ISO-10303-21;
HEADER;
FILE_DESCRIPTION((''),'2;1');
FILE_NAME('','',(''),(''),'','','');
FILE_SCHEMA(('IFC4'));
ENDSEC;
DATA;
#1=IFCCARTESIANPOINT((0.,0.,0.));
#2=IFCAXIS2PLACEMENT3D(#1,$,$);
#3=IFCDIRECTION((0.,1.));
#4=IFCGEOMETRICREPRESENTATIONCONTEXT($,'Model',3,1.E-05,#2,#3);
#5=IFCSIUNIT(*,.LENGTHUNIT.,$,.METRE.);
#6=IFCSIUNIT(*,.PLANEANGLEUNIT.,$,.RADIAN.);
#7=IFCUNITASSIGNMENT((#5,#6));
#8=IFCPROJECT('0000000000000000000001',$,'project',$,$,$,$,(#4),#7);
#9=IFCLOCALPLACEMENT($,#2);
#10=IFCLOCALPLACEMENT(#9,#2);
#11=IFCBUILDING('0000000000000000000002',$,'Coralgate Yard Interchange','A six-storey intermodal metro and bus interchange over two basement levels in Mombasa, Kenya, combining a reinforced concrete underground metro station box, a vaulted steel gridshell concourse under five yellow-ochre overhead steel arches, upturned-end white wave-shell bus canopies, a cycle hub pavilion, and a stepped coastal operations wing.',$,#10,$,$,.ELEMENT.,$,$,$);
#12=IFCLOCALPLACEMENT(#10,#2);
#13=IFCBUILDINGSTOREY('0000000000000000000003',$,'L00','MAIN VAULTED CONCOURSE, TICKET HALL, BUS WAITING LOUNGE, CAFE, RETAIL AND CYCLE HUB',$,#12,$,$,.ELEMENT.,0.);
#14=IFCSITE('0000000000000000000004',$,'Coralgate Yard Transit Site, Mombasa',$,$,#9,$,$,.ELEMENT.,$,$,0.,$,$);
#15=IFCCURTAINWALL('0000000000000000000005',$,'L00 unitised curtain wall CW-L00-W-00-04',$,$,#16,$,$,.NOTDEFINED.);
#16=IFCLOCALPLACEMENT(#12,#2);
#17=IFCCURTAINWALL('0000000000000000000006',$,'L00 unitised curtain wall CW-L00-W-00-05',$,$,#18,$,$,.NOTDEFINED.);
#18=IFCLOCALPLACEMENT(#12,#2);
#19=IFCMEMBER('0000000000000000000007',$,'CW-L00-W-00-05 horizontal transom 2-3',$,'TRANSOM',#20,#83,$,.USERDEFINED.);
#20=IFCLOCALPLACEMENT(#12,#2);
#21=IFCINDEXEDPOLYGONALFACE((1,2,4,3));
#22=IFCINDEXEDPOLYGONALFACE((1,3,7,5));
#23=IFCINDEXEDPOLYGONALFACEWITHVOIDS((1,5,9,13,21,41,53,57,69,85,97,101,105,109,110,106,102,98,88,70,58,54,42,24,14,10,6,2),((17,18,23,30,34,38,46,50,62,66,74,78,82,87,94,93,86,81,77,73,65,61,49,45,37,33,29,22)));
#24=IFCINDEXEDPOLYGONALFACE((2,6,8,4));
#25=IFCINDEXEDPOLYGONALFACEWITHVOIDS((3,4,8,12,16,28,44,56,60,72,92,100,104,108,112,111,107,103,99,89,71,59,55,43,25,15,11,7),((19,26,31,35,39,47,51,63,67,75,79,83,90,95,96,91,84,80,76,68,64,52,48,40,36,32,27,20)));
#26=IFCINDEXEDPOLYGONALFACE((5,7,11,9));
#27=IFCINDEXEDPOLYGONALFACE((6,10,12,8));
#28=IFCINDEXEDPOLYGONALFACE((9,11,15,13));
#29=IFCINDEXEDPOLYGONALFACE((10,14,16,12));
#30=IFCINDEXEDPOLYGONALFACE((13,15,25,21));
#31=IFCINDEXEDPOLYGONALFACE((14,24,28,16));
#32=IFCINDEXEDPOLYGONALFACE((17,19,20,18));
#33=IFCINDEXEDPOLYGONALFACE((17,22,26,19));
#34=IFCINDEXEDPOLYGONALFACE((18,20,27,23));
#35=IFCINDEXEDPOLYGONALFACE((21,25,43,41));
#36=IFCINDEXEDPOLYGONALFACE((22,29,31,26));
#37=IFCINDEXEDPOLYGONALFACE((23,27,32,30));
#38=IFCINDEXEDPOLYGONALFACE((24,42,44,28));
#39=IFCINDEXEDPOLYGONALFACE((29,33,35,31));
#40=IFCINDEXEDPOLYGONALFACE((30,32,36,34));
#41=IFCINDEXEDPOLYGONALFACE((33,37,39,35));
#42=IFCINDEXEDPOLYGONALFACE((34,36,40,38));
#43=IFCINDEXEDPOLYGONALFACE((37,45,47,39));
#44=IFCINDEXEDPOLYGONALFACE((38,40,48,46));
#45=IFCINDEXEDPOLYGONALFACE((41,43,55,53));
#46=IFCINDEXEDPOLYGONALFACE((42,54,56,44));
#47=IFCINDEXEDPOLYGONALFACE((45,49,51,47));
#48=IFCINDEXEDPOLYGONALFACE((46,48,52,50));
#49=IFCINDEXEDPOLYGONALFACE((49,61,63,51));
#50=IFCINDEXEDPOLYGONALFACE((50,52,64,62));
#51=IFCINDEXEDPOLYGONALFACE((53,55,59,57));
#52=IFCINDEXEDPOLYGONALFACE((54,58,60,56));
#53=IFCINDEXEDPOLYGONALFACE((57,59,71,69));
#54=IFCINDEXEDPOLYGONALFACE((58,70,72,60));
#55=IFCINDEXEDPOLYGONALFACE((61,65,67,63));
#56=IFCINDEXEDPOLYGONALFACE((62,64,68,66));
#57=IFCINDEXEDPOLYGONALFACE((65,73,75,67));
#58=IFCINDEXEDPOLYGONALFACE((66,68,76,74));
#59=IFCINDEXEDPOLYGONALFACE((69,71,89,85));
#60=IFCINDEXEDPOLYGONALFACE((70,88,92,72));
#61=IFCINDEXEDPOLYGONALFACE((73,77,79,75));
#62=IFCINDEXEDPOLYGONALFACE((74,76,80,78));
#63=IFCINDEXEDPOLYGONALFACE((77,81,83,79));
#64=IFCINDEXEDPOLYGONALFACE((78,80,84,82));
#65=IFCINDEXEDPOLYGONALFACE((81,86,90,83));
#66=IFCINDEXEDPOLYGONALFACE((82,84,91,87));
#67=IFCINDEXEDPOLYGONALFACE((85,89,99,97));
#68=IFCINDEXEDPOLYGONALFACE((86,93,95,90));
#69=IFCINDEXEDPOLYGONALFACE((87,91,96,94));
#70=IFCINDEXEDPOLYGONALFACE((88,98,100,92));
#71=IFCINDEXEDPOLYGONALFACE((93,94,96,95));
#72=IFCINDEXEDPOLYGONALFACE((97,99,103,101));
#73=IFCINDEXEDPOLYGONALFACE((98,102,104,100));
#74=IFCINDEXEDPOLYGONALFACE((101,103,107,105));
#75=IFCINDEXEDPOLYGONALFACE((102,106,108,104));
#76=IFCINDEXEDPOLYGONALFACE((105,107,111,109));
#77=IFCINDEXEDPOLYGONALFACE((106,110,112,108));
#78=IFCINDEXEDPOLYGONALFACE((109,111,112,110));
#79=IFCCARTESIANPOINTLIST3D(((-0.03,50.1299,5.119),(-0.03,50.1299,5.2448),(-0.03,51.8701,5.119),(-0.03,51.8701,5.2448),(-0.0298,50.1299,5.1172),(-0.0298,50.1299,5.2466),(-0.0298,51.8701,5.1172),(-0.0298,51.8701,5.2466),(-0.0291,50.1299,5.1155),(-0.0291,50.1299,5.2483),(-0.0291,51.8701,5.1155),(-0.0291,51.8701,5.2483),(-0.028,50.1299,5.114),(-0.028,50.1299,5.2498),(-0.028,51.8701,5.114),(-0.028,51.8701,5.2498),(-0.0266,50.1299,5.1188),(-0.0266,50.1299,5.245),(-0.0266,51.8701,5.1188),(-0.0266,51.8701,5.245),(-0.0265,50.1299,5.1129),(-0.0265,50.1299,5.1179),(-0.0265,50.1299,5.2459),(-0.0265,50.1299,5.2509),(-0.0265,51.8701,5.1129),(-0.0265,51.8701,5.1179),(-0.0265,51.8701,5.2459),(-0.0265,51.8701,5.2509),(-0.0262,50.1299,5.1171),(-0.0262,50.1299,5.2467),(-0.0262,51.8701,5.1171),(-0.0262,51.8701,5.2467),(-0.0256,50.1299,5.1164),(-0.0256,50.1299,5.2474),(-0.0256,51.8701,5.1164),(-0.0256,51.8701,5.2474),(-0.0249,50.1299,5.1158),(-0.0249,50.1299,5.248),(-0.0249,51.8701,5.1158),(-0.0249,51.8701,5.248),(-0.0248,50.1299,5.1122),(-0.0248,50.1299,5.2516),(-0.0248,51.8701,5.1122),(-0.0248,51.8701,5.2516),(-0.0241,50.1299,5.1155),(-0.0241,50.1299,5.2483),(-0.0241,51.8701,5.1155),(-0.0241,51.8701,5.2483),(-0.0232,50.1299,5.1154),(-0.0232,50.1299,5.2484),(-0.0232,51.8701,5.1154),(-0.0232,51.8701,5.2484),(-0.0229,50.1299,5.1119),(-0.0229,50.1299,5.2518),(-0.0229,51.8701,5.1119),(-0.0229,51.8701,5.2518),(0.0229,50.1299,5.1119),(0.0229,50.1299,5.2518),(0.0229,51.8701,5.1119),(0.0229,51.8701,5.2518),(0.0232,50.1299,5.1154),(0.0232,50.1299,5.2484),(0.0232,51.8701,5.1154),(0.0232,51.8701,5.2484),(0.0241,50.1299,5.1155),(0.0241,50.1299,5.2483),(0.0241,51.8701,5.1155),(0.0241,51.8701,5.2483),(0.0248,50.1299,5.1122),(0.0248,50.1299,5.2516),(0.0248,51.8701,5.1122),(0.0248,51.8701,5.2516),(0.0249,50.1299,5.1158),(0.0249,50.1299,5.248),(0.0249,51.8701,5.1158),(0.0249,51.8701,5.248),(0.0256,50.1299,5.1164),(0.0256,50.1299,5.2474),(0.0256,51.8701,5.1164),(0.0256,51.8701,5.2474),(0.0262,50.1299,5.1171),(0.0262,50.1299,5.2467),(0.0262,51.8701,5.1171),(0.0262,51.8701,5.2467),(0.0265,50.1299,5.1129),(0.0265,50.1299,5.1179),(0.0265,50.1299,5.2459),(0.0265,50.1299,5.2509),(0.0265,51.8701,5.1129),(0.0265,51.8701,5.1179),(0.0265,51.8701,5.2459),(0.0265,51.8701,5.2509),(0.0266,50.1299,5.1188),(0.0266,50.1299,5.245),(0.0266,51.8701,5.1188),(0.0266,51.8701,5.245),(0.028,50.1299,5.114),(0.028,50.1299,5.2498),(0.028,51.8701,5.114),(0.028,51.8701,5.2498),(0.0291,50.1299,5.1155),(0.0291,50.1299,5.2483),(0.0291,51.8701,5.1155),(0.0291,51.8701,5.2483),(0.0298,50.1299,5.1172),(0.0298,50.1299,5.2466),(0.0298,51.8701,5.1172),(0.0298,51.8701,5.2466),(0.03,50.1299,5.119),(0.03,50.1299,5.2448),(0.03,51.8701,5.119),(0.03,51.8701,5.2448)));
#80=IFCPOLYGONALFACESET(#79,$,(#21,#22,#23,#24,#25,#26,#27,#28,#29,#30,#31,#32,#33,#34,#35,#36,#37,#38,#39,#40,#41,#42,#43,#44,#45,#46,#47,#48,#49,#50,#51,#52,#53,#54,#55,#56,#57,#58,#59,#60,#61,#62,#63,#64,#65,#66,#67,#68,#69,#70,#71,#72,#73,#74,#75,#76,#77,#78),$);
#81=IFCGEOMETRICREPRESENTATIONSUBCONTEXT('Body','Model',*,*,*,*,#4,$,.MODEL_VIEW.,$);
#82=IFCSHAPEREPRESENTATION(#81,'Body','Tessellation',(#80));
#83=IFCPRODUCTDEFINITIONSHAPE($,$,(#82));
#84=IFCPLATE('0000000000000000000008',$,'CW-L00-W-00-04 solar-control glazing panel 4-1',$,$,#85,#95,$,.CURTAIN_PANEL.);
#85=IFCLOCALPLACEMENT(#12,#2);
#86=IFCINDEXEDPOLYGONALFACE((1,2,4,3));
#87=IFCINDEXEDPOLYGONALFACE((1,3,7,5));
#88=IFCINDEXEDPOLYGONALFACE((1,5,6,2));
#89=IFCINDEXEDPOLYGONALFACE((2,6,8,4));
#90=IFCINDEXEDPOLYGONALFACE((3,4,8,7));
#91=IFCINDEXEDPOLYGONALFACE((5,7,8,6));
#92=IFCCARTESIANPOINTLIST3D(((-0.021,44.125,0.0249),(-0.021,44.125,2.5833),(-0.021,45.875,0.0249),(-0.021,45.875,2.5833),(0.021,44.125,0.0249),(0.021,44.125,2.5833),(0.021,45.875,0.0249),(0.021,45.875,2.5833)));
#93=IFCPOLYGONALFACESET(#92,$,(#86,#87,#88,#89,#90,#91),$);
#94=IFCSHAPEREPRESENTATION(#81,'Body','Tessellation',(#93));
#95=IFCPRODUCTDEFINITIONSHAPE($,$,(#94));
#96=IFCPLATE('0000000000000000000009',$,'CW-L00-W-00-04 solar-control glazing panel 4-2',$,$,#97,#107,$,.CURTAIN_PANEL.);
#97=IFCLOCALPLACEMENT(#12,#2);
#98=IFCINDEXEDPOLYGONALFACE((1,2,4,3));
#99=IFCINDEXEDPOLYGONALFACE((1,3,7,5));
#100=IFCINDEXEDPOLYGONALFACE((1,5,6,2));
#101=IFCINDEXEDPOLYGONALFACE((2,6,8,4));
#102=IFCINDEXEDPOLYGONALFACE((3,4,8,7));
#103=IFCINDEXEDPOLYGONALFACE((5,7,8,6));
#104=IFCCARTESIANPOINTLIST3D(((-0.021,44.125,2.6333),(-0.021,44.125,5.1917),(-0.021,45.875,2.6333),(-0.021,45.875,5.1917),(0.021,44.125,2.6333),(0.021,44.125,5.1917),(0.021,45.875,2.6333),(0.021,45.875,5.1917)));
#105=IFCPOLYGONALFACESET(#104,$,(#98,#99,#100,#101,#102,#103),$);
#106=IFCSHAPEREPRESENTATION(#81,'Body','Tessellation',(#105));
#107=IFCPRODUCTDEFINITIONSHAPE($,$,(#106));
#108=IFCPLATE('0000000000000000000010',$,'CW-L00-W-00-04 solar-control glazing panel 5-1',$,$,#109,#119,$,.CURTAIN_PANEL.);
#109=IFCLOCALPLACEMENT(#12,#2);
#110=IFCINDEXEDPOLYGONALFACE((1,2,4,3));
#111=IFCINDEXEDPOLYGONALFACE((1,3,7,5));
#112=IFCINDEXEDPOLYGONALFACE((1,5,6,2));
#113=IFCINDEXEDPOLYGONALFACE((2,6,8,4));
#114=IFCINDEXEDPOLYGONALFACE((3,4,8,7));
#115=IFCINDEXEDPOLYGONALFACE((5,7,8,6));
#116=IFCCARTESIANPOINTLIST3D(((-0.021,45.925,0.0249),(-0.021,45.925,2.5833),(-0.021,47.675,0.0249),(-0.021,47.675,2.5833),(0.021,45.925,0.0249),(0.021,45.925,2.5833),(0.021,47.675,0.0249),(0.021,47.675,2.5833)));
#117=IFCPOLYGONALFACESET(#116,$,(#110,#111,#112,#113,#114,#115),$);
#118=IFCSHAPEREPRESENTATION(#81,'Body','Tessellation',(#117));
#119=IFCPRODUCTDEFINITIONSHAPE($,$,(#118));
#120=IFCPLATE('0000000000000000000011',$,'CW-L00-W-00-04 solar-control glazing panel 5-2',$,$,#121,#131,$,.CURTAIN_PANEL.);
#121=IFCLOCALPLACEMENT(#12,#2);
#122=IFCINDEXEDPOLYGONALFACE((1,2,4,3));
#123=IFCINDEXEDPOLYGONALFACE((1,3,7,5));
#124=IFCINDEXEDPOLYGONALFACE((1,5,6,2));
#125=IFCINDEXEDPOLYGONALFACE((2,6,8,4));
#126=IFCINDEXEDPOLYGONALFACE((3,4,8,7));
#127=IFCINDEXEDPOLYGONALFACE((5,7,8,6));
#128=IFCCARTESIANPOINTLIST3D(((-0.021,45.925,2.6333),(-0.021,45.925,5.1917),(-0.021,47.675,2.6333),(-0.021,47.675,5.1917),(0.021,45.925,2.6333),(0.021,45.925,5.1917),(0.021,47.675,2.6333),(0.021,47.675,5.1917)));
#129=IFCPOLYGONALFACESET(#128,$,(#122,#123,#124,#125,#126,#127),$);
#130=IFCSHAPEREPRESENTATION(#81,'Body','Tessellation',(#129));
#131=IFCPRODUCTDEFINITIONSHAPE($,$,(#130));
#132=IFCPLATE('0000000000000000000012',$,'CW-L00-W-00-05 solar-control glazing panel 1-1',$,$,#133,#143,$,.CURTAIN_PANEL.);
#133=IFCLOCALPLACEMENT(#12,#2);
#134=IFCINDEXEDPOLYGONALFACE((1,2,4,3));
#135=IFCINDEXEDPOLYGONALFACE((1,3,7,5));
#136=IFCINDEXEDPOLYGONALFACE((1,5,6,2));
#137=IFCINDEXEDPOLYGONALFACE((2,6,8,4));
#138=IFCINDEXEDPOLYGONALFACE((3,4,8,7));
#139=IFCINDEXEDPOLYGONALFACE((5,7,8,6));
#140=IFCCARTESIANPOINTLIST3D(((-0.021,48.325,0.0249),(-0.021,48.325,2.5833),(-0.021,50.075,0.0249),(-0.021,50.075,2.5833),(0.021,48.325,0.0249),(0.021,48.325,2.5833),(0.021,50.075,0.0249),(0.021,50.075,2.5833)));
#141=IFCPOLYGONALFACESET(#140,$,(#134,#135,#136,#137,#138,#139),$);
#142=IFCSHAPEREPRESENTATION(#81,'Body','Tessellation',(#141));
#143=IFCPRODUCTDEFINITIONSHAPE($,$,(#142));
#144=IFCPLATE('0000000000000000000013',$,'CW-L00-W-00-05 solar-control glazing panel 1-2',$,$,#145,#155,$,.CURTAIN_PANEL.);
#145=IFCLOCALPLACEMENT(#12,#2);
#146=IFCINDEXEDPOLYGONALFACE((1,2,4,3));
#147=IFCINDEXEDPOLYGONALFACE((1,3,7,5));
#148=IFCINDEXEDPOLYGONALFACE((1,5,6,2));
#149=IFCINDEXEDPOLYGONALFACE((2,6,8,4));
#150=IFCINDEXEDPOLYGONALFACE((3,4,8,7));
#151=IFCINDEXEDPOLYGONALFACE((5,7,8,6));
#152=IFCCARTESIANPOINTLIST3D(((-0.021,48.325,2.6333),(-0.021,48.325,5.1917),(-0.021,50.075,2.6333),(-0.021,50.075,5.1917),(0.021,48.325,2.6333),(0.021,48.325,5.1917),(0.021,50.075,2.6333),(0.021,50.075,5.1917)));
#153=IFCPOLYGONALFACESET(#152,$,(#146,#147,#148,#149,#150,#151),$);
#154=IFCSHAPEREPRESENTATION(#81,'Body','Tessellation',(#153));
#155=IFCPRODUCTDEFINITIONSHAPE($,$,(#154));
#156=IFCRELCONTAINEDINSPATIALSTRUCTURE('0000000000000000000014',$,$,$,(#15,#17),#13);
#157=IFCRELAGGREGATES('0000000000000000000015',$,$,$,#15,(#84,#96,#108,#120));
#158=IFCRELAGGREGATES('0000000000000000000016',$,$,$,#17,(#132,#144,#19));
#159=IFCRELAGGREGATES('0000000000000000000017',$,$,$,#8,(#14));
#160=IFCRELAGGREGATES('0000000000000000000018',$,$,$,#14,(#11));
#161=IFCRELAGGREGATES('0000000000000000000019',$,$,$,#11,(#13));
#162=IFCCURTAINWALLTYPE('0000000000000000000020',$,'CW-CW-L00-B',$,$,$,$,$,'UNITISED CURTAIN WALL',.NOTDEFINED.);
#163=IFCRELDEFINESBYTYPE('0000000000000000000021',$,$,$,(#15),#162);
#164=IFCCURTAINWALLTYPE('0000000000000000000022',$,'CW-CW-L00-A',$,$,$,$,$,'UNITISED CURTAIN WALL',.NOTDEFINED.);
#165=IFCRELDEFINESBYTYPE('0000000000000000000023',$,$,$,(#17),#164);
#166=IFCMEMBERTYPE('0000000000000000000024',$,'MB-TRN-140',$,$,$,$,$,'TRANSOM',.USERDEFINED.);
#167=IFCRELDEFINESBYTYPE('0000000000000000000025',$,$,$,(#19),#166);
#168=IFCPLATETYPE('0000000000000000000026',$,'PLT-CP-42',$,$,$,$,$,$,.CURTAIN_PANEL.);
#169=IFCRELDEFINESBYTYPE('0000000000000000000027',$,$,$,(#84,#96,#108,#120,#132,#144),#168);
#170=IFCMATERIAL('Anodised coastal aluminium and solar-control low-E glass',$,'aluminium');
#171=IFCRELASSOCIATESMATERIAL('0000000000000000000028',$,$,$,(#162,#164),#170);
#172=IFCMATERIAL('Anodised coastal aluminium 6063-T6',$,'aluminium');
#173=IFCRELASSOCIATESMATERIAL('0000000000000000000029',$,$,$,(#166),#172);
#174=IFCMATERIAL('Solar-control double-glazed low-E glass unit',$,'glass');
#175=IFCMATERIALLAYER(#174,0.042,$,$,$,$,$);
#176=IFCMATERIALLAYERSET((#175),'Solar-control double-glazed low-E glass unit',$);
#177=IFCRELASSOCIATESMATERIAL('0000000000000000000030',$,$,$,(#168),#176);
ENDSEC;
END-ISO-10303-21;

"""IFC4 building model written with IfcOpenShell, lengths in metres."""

from ifc_helpers import new_model, si_unit, direction, frame, origin, origin_2d, place, context, subcontext, project, spatial, rectangle, hollow_rectangle, extrude, material, layer, layer_set, material_profile, profile_set, type_object, element, aggregate, save


model = new_model("IFC4")

# Units and contexts
model_context = context("Model", 3, precision=1e-05, world=origin(), true_north=direction((0.0, 1.0)))
body_context = subcontext(model_context, "Body", "Model", "MODEL_VIEW")
ifc_project = project(units=[si_unit("LENGTHUNIT", "METRE"), si_unit("PLANEANGLEUNIT", "RADIAN")], contexts=[model_context])

# Site, building, storey
site_placement = place(None, origin())
site = spatial("IfcSite", under=ifc_project, at=site_placement, Name="Coralgate Yard Transit Site, Mombasa", CompositionType="ELEMENT", RefElevation=0.0)
building_placement = place(site_placement, origin())
building = spatial("IfcBuilding", under=site, at=building_placement, Name="Coralgate Yard Interchange", Description="A six-storey intermodal metro and bus interchange over two basement levels in Mombasa, Kenya, combining a reinforced concrete underground metro station box, a vaulted steel gridshell concourse under five yellow-ochre overhead steel arches, upturned-end white wave-shell bus canopies, a cycle hub pavilion, and a stepped coastal operations wing.", CompositionType="ELEMENT")
storey_placement = place(building_placement, origin())
storey = spatial("IfcBuildingStorey", under=building, at=storey_placement, Name="L00", Description="MAIN VAULTED CONCOURSE, TICKET HALL, BUS WAITING LOUNGE, CAFE, RETAIL AND CYCLE HUB", CompositionType="ELEMENT", Elevation=0.0)

# Curtain walls
ifc_material_1 = material(Name="Anodised coastal aluminium and solar-control low-E glass", Category="aluminium")
curtain_wall_type_1 = type_object("IfcCurtainWallType", Name="CW-CW-L00-B", ElementType="UNITISED CURTAIN WALL", PredefinedType="NOTDEFINED", material=ifc_material_1)
curtain_wall_1_placement = place(storey_placement, origin())
curtain_wall_1 = element("IfcCurtainWall", 1, at=curtain_wall_1_placement, inside=storey, type_object=curtain_wall_type_1, Name="L00 unitised curtain wall CW-L00-W-00-04", PredefinedType="NOTDEFINED")
ifc_material_2 = material(Name="Anodised coastal aluminium 6063-T6", Category="aluminium")
curtain_wall_type_2 = type_object("IfcCurtainWallType", Name="CW-CW-L00-A", ElementType="UNITISED CURTAIN WALL", PredefinedType="NOTDEFINED", material=ifc_material_1)
curtain_wall_2_placement = place(storey_placement, origin())
curtain_wall_2 = element("IfcCurtainWall", 2, at=curtain_wall_2_placement, inside=storey, type_object=curtain_wall_type_2, Name="L00 unitised curtain wall CW-L00-W-00-05", PredefinedType="NOTDEFINED")

# Member
ifc_material_profile_1 = material_profile(ifc_material_2, hollow_rectangle(XDim=0.0601, YDim=0.1399, WallThickness=0.0034, InnerFilletRadius=0.0034, OuterFilletRadius=0.0071, at=origin_2d()), Name="ALU 60x140x3.5")
ifc_profile_set_1 = profile_set([ifc_material_profile_1], Name="Anodised coastal aluminium 6063-T6")
member_type_1 = type_object("IfcMemberType", Name="MB-TRN-140", ElementType="TRANSOM", PredefinedType="USERDEFINED", material=ifc_profile_set_1)
member_1_placement = place(storey_placement, frame((0.0, 50.1299, 5.1819), z_axis=(0.0, 1.0, 0.0), x_axis=(-1.0, 0.0, 0.0)))
member_1 = element("IfcMember", 3, at=member_1_placement, type_object=member_type_1, Name="CW-L00-W-00-05 horizontal transom 2-3", ObjectType="TRANSOM", PredefinedType="USERDEFINED", context=body_context, shape_type="SweptSolid", body=[
    extrude(hollow_rectangle(XDim=0.0601, YDim=0.1399, WallThickness=0.0034, InnerFilletRadius=0.0034, OuterFilletRadius=0.0071, at=origin_2d()), origin(), (0.0, 0.0, 1.0), 1.7402),
])

# Plates
ifc_material_3 = material(Name="Solar-control double-glazed low-E glass unit", Category="glass")
ifc_layer = layer(ifc_material_3, 0.042)
ifc_layer_set = layer_set([ifc_layer], Name="Solar-control double-glazed low-E glass unit")
plate_type = type_object("IfcPlateType", Name="PLT-CP-42", PredefinedType="CURTAIN_PANEL", material=ifc_layer_set)
plate_1_placement = place(storey_placement, frame((0.0, 45.0, 0.0249), z_axis=(0.0, 0.0, 1.0), x_axis=(0.0, 1.0, 0.0)))
plate_1 = element("IfcPlate", 4, at=plate_1_placement, type_object=plate_type, Name="CW-L00-W-00-04 solar-control glazing panel 4-1", PredefinedType="CURTAIN_PANEL", context=body_context, shape_type="SweptSolid", body=[
    extrude(rectangle(XDim=1.75, YDim=0.042, at=origin_2d()), origin(), (0.0, 0.0, 1.0), 2.5583),
])
plate_2_placement = place(storey_placement, frame((0.0, 45.0, 2.6333), z_axis=(0.0, 0.0, 1.0), x_axis=(0.0, 1.0, 0.0)))
plate_2 = element("IfcPlate", 5, at=plate_2_placement, type_object=plate_type, Name="CW-L00-W-00-04 solar-control glazing panel 4-2", PredefinedType="CURTAIN_PANEL", context=body_context, shape_type="SweptSolid", body=[
    extrude(rectangle(XDim=1.75, YDim=0.042, at=origin_2d()), origin(), (0.0, 0.0, 1.0), 2.5583),
])
plate_3_placement = place(storey_placement, frame((0.0, 46.8, 0.0249), z_axis=(0.0, 0.0, 1.0), x_axis=(0.0, 1.0, 0.0)))
plate_3 = element("IfcPlate", 6, at=plate_3_placement, type_object=plate_type, Name="CW-L00-W-00-04 solar-control glazing panel 5-1", PredefinedType="CURTAIN_PANEL", context=body_context, shape_type="SweptSolid", body=[
    extrude(rectangle(XDim=1.75, YDim=0.042, at=origin_2d()), origin(), (0.0, 0.0, 1.0), 2.5583),
])
plate_4_placement = place(storey_placement, frame((0.0, 46.8, 2.6333), z_axis=(0.0, 0.0, 1.0), x_axis=(0.0, 1.0, 0.0)))
plate_4 = element("IfcPlate", 7, at=plate_4_placement, type_object=plate_type, Name="CW-L00-W-00-04 solar-control glazing panel 5-2", PredefinedType="CURTAIN_PANEL", context=body_context, shape_type="SweptSolid", body=[
    extrude(rectangle(XDim=1.75, YDim=0.042, at=origin_2d()), origin(), (0.0, 0.0, 1.0), 2.5583),
])
aggregate(curtain_wall_1, [plate_1, plate_2, plate_3, plate_4])
plate_5_placement = place(storey_placement, frame((0.0, 49.2, 0.0249), z_axis=(0.0, 0.0, 1.0), x_axis=(0.0, 1.0, 0.0)))
plate_5 = element("IfcPlate", 8, at=plate_5_placement, type_object=plate_type, Name="CW-L00-W-00-05 solar-control glazing panel 1-1", PredefinedType="CURTAIN_PANEL", context=body_context, shape_type="SweptSolid", body=[
    extrude(rectangle(XDim=1.75, YDim=0.042, at=origin_2d()), origin(), (0.0, 0.0, 1.0), 2.5583),
])
plate_6_placement = place(storey_placement, frame((0.0, 49.2, 2.6333), z_axis=(0.0, 0.0, 1.0), x_axis=(0.0, 1.0, 0.0)))
plate_6 = element("IfcPlate", 9, at=plate_6_placement, type_object=plate_type, Name="CW-L00-W-00-05 solar-control glazing panel 1-2", PredefinedType="CURTAIN_PANEL", context=body_context, shape_type="SweptSolid", body=[
    extrude(rectangle(XDim=1.75, YDim=0.042, at=origin_2d()), origin(), (0.0, 0.0, 1.0), 2.5583),
])
aggregate(curtain_wall_2, [plate_5, plate_6, member_1])

save(model, "model.ifc")
